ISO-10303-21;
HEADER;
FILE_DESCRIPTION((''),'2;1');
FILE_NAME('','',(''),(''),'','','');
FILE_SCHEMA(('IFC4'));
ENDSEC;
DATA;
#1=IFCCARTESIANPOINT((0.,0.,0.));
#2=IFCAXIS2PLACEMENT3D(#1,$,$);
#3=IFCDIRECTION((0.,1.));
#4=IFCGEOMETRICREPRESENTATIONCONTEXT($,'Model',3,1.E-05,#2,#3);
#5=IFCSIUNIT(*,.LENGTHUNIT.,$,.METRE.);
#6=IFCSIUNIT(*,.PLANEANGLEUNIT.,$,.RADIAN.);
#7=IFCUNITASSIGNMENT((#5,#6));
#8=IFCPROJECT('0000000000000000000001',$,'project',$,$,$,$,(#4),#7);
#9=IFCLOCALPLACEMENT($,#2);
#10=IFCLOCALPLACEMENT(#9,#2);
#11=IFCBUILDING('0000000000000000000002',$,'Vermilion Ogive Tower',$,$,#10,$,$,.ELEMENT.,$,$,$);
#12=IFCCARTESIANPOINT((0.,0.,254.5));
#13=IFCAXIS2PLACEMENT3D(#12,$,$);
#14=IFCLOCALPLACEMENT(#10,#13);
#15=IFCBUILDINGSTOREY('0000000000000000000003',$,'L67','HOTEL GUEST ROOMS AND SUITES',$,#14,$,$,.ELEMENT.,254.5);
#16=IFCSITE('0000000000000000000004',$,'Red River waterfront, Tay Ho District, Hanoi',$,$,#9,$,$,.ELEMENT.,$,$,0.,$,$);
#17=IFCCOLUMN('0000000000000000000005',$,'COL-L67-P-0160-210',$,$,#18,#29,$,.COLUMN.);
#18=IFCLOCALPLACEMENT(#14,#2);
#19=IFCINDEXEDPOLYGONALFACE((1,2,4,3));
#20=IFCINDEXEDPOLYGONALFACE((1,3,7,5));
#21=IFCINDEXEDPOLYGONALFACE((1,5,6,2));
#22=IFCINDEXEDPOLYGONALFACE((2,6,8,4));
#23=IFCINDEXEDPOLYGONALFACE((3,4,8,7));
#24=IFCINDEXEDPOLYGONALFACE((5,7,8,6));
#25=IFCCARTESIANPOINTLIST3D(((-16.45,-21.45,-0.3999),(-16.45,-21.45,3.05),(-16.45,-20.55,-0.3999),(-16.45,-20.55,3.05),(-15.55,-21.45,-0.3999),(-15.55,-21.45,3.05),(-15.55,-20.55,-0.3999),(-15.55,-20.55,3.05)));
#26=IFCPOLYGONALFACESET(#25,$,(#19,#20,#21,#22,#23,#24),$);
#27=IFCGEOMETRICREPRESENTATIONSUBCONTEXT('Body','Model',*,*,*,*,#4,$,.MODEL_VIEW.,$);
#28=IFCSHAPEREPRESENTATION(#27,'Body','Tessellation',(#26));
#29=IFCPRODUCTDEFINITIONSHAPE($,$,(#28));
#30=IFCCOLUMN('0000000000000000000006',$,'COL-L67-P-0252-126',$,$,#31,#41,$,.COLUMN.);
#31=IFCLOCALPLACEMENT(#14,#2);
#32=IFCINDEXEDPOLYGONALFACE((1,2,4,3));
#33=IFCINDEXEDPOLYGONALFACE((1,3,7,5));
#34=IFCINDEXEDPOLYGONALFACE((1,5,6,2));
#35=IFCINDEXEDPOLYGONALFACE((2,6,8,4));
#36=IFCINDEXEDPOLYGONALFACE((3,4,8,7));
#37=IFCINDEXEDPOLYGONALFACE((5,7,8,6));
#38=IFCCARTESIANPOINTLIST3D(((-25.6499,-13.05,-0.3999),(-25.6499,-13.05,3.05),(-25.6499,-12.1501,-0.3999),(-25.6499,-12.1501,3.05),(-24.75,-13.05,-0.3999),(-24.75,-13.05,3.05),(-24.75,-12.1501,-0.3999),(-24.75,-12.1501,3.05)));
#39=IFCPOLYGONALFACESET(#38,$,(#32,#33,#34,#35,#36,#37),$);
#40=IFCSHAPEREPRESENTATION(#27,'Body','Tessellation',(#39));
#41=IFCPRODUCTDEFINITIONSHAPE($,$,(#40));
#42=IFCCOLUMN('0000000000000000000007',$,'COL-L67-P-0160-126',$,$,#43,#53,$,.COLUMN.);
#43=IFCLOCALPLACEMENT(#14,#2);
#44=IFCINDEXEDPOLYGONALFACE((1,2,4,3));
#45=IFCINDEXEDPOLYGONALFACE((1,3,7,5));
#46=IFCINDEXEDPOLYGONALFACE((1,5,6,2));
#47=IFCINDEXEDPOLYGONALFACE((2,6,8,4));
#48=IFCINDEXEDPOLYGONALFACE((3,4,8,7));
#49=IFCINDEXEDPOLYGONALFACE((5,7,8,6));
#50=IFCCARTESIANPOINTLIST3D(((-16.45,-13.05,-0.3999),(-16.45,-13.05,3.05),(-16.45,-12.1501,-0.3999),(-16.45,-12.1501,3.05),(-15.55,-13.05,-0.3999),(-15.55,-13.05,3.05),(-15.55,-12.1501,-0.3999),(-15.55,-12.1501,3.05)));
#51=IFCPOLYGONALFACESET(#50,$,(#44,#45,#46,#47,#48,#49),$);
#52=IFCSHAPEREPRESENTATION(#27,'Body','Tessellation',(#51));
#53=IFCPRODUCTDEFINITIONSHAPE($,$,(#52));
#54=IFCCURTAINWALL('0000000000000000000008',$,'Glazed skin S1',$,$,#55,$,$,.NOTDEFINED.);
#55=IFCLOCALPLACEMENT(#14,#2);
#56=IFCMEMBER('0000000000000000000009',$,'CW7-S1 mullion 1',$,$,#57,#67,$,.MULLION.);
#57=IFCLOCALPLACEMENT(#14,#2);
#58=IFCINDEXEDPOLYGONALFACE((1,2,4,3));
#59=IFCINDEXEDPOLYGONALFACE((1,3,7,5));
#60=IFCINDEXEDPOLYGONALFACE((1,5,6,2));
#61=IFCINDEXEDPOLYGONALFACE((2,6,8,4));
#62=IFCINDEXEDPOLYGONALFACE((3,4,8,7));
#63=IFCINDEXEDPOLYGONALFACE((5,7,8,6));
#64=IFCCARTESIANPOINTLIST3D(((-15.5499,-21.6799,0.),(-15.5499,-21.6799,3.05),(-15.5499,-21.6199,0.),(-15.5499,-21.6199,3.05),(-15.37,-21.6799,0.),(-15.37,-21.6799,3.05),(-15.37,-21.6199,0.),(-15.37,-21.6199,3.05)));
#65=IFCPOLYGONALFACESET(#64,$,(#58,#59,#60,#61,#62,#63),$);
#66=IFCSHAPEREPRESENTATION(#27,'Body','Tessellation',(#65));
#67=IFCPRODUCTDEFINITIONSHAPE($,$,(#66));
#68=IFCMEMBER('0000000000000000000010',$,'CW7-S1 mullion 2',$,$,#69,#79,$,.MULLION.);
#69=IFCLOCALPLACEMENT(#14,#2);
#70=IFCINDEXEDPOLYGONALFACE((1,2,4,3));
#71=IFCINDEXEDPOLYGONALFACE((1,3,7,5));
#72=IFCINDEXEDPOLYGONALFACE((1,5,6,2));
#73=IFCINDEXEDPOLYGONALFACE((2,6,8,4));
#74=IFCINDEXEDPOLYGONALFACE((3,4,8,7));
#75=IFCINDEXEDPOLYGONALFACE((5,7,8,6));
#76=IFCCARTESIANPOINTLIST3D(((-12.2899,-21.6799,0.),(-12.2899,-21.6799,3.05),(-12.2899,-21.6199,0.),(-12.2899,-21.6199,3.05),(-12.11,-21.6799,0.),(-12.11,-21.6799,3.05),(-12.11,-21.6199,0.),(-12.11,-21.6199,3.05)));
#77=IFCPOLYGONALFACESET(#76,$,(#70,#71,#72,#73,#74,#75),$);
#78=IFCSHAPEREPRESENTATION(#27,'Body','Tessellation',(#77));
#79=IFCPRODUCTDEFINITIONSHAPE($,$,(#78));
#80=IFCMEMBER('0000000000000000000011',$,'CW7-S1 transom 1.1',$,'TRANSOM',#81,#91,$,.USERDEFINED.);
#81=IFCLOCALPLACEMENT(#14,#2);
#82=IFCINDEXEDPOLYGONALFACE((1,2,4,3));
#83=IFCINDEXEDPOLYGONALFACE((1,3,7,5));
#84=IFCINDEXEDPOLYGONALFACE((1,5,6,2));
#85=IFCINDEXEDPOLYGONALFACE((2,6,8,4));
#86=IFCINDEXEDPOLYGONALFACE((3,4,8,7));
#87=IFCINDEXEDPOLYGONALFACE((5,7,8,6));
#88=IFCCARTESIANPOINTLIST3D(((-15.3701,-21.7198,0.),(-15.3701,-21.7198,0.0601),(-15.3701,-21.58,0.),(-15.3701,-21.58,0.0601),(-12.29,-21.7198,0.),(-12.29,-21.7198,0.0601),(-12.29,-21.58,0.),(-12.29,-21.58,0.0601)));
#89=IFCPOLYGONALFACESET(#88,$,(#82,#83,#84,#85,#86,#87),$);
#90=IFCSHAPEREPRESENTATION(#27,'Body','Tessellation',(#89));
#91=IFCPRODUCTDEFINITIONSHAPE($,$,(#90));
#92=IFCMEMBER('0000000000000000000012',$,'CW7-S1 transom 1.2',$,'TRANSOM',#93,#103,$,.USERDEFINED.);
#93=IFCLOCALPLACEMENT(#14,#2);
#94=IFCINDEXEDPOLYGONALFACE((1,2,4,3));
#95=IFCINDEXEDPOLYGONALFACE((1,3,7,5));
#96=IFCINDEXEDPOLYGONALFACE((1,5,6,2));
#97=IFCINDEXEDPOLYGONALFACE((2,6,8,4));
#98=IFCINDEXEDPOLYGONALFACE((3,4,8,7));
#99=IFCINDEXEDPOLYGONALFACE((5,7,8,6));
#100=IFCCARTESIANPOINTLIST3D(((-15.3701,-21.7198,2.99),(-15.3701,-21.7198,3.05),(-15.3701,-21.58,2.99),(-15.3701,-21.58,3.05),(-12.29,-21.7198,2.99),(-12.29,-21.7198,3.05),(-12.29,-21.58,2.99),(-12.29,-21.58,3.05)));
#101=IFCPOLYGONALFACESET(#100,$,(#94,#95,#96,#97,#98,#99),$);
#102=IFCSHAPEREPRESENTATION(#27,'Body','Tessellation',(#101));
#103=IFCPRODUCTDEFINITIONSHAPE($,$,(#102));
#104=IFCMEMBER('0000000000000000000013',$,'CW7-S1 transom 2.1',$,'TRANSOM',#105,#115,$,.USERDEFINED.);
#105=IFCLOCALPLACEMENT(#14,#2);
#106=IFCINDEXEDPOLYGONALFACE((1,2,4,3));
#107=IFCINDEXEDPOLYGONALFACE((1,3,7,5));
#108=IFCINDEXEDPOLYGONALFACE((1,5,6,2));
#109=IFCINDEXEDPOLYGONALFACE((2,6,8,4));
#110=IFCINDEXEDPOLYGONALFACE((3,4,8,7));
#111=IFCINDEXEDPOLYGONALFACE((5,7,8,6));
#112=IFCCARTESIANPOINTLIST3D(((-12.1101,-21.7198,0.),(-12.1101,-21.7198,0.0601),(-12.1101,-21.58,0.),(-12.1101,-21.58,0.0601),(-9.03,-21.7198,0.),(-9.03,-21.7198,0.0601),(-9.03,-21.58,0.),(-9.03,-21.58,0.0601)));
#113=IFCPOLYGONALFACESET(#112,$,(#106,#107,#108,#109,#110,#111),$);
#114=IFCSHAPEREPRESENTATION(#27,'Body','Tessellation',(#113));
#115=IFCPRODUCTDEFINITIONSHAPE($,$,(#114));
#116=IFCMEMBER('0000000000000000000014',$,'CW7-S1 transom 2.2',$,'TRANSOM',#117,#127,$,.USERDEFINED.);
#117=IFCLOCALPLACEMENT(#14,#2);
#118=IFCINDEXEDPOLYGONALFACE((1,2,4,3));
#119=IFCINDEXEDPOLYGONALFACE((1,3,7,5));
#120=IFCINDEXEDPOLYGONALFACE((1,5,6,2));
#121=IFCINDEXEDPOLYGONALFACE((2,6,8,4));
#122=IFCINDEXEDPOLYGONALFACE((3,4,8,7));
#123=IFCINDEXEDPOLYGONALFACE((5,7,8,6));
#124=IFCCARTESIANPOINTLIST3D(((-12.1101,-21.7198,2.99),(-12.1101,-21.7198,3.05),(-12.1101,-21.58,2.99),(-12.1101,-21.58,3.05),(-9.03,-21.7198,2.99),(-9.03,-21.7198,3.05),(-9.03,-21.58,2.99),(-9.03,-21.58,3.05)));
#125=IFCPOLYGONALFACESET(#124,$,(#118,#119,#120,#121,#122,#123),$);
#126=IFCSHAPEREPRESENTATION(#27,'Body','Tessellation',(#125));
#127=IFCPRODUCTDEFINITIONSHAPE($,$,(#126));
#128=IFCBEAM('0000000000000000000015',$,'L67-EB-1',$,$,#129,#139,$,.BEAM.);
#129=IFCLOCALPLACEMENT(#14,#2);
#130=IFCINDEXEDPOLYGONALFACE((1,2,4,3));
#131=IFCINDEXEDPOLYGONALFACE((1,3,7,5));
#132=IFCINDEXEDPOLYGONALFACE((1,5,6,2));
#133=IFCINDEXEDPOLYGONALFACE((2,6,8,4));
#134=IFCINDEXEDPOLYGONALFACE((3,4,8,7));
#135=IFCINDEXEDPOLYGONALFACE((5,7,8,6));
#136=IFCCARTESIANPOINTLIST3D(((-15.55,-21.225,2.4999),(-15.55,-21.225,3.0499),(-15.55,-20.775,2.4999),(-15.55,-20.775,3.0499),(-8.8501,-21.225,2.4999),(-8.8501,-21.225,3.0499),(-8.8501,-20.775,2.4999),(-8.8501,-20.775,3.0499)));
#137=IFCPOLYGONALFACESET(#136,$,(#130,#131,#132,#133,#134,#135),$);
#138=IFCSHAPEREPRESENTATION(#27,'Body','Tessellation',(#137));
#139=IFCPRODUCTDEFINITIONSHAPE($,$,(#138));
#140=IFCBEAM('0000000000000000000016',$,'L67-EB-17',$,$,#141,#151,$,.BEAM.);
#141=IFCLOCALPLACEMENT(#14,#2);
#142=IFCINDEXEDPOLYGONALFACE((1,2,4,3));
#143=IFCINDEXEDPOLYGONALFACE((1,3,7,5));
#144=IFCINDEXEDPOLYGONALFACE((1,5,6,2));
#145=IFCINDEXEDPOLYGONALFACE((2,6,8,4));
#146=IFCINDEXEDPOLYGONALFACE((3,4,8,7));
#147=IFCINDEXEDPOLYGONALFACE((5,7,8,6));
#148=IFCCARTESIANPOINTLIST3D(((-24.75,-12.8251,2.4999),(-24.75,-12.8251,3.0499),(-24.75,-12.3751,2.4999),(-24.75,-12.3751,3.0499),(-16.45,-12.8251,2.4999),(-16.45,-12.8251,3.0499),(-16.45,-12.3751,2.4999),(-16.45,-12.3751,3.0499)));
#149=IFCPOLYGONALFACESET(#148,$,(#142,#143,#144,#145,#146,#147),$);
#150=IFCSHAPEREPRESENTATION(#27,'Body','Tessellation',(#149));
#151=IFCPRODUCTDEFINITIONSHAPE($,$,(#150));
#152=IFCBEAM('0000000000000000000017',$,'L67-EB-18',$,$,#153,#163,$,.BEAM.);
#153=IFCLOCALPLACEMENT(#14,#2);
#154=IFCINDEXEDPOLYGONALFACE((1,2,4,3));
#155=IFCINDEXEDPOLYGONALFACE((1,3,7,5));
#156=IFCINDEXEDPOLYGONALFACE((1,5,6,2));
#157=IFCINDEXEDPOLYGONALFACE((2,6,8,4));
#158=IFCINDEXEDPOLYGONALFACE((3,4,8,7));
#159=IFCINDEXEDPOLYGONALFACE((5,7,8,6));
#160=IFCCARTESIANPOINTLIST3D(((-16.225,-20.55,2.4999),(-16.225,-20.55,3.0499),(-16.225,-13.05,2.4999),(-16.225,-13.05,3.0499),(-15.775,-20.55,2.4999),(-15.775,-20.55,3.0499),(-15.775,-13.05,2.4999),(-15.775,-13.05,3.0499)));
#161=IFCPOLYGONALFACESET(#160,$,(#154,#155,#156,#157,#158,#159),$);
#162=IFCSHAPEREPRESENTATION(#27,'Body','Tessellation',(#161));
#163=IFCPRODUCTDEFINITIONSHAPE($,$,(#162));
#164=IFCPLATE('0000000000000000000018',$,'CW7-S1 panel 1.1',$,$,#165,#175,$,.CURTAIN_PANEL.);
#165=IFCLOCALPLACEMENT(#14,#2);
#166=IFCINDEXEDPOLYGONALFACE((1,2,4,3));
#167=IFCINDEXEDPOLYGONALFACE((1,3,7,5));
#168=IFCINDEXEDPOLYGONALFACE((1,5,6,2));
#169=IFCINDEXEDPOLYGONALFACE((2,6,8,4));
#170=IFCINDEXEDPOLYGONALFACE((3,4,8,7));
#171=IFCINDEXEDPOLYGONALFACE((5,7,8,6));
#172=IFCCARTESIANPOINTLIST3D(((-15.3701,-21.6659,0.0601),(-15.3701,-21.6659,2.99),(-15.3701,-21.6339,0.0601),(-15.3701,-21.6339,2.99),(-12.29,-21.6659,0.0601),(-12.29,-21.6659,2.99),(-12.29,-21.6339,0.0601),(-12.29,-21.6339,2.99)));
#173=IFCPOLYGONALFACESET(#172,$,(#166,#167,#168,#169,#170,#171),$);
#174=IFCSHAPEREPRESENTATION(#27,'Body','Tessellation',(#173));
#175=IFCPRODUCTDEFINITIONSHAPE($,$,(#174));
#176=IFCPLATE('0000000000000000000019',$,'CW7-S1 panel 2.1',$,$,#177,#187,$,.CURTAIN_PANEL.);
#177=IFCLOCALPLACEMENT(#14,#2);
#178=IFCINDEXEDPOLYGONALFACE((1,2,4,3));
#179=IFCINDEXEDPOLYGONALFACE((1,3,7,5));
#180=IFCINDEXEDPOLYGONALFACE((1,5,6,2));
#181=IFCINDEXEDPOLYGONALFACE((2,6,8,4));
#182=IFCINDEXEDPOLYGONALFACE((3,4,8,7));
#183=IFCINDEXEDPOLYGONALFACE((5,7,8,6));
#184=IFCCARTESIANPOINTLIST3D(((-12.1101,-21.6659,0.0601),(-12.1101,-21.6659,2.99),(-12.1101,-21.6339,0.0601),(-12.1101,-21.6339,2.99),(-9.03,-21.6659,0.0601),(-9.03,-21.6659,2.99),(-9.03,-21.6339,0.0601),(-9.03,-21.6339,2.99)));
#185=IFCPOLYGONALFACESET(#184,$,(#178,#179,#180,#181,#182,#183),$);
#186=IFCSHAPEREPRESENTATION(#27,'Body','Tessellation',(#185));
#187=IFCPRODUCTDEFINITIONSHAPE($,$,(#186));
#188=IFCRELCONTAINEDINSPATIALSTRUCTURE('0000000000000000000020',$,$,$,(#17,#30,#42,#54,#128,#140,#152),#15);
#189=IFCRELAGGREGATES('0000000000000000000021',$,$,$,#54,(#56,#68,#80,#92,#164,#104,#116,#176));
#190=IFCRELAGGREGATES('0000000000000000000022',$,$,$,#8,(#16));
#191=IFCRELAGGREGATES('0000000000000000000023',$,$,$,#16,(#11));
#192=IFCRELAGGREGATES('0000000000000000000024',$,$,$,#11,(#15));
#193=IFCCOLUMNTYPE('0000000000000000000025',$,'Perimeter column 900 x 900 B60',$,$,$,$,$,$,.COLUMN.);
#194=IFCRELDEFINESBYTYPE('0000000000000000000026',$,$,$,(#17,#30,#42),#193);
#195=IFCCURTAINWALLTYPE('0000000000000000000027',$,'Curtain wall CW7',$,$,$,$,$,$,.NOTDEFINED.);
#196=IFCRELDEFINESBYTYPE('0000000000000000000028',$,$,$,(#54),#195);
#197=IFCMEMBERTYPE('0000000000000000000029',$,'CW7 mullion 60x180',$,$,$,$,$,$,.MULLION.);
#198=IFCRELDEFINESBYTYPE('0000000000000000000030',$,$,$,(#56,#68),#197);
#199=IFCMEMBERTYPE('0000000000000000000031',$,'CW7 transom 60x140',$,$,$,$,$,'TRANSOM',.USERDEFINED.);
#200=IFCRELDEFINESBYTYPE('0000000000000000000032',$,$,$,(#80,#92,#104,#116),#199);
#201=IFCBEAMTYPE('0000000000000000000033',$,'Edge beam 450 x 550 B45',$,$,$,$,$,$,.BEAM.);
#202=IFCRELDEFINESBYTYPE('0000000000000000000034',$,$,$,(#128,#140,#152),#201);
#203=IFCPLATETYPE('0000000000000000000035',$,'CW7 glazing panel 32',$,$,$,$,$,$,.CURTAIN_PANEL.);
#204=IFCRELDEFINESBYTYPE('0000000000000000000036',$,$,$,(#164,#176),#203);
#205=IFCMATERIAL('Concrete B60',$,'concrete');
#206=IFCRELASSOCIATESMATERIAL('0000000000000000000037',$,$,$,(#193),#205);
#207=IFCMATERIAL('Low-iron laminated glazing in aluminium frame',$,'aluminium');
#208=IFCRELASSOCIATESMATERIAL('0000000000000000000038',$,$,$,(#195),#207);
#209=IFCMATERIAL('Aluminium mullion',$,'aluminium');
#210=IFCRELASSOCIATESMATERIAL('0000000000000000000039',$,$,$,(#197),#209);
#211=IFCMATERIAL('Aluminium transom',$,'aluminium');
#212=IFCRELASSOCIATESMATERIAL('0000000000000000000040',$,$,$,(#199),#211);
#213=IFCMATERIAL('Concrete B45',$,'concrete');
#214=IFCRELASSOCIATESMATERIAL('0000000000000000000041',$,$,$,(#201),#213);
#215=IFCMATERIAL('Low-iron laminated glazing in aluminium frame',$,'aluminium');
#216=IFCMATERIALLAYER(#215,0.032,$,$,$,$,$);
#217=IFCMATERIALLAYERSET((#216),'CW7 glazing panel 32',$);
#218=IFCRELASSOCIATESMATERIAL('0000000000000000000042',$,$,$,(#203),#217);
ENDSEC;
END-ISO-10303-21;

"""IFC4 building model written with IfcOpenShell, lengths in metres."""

from ifc_helpers import new_model, si_unit, direction, frame, origin, origin_2d, place, context, subcontext, project, spatial, rectangle, extrude, material, layer, layer_set, material_profile, profile_set, type_object, element, aggregate, save


model = new_model("IFC4")

# Units and contexts
model_context = context("Model", 3, precision=1e-05, world=origin(), true_north=direction((0.0, 1.0)))
body_context = subcontext(model_context, "Body", "Model", "MODEL_VIEW")
ifc_project = project(units=[si_unit("LENGTHUNIT", "METRE"), si_unit("PLANEANGLEUNIT", "RADIAN")], contexts=[model_context])

# Site, building, storey
site_placement = place(None, origin())
site = spatial("IfcSite", under=ifc_project, at=site_placement, Name="Red River waterfront, Tay Ho District, Hanoi", CompositionType="ELEMENT", RefElevation=0.0)
building_placement = place(site_placement, origin())
building = spatial("IfcBuilding", under=site, at=building_placement, Name="Vermilion Ogive Tower", CompositionType="ELEMENT")
storey_placement = place(building_placement, frame((0.0, 0.0, 254.5)))
storey = spatial("IfcBuildingStorey", under=building, at=storey_placement, Name="L67", Description="HOTEL GUEST ROOMS AND SUITES", CompositionType="ELEMENT", Elevation=254.5)

# Columns
ifc_material_1 = material(Name="Concrete B60", Category="concrete")
ifc_material_profile_1 = material_profile(ifc_material_1, rectangle(XDim=0.8999, YDim=0.8999, at=origin_2d()), Name="900 x 900")
ifc_profile_set_1 = profile_set([ifc_material_profile_1], Name="Concrete B60")
column_type = type_object("IfcColumnType", Name="Perimeter column 900 x 900 B60", PredefinedType="COLUMN", material=ifc_profile_set_1)
for number, where, z_axis, x_axis, name in (
    (1, (-16.0, -21.0, -0.3999), (0.0, 0.0, 1.0), (1.0, 0.0, 0.0), "COL-L67-P-0160-210"),
    (2, (-25.2, -12.6001, -0.3999), (0.0, 0.0, 1.0), (1.0, 0.0, 0.0), "COL-L67-P-0252-126"),
    (3, (-16.0, -12.6001, -0.3999), (0.0, 0.0, 1.0), (1.0, 0.0, 0.0), "COL-L67-P-0160-126"),
):
    element("IfcColumn", number, at=place(storey_placement, frame(where, z_axis=z_axis, x_axis=x_axis)), inside=storey, type_object=column_type, Name=name, PredefinedType="COLUMN", context=body_context, shape_type="SweptSolid", body=[
        extrude(rectangle(XDim=0.8999, YDim=0.8999, at=origin_2d()), origin(), (0.0, 0.0, 1.0), 3.45),
    ])

# Curtain wall, members
ifc_material_2 = material(Name="Low-iron laminated glazing in aluminium frame", Category="aluminium")
curtain_wall_type = type_object("IfcCurtainWallType", Name="Curtain wall CW7", PredefinedType="NOTDEFINED", material=ifc_material_2)
curtain_wall_placement = place(storey_placement, origin())
curtain_wall = element("IfcCurtainWall", 4, at=curtain_wall_placement, inside=storey, type_object=curtain_wall_type, Name="Glazed skin S1", PredefinedType="NOTDEFINED")
ifc_material_3 = material(Name="Aluminium mullion", Category="aluminium")
ifc_material_profile_2 = material_profile(ifc_material_3, rectangle(XDim=0.0601, YDim=0.1799, at=origin_2d()), Name="AL 60x180")
ifc_profile_set_2 = profile_set([ifc_material_profile_2], Name="Aluminium mullion")
member_type_1 = type_object("IfcMemberType", Name="CW7 mullion 60x180", PredefinedType="MULLION", material=ifc_profile_set_2)
member_1_placement = place(storey_placement, frame((-15.46, -21.6499, 0.0), z_axis=(0.0, 0.0, 1.0), x_axis=(0.0, 1.0, 0.0)))
member_1 = element("IfcMember", 5, at=member_1_placement, type_object=member_type_1, Name="CW7-S1 mullion 1", PredefinedType="MULLION", context=body_context, shape_type="SweptSolid", body=[
    extrude(rectangle(XDim=0.0601, YDim=0.1799, at=origin_2d()), origin(), (0.0, 0.0, 1.0), 3.05),
])
member_2_placement = place(storey_placement, frame((-12.2, -21.6499, 0.0), z_axis=(0.0, 0.0, 1.0), x_axis=(0.0, 1.0, 0.0)))
member_2 = element("IfcMember", 6, at=member_2_placement, type_object=member_type_1, Name="CW7-S1 mullion 2", PredefinedType="MULLION", context=body_context, shape_type="SweptSolid", body=[
    extrude(rectangle(XDim=0.0601, YDim=0.1799, at=origin_2d()), origin(), (0.0, 0.0, 1.0), 3.05),
])
ifc_material_4 = material(Name="Aluminium transom", Category="aluminium")
ifc_material_profile_3 = material_profile(ifc_material_4, rectangle(XDim=0.1399, YDim=0.0601, at=origin_2d()), Name="AL 60x140")
ifc_profile_set_3 = profile_set([ifc_material_profile_3], Name="Aluminium transom")
member_type_2 = type_object("IfcMemberType", Name="CW7 transom 60x140", ElementType="TRANSOM", PredefinedType="USERDEFINED", material=ifc_profile_set_3)
member_3_placement = place(storey_placement, frame((-15.3701, -21.6499, 0.03), z_axis=(1.0, 0.0, 0.0), x_axis=(0.0, 1.0, 0.0)))
member_3 = element("IfcMember", 7, at=member_3_placement, type_object=member_type_2, Name="CW7-S1 transom 1.1", ObjectType="TRANSOM", PredefinedType="USERDEFINED", context=body_context, shape_type="SweptSolid", body=[
    extrude(rectangle(XDim=0.1399, YDim=0.0601, at=origin_2d()), origin(), (0.0, 0.0, 1.0), 3.0801),
])
member_4_placement = place(storey_placement, frame((-15.3701, -21.6499, 3.02), z_axis=(1.0, 0.0, 0.0), x_axis=(0.0, 1.0, 0.0)))
member_4 = element("IfcMember", 8, at=member_4_placement, type_object=member_type_2, Name="CW7-S1 transom 1.2", ObjectType="TRANSOM", PredefinedType="USERDEFINED", context=body_context, shape_type="SweptSolid", body=[
    extrude(rectangle(XDim=0.1399, YDim=0.0601, at=origin_2d()), origin(), (0.0, 0.0, 1.0), 3.0801),
])
member_5_placement = place(storey_placement, frame((-12.1101, -21.6499, 0.03), z_axis=(1.0, 0.0, 0.0), x_axis=(0.0, 1.0, 0.0)))
member_5 = element("IfcMember", 9, at=member_5_placement, type_object=member_type_2, Name="CW7-S1 transom 2.1", ObjectType="TRANSOM", PredefinedType="USERDEFINED", context=body_context, shape_type="SweptSolid", body=[
    extrude(rectangle(XDim=0.1399, YDim=0.0601, at=origin_2d()), origin(), (0.0, 0.0, 1.0), 3.0801),
])
member_6_placement = place(storey_placement, frame((-12.1101, -21.6499, 3.02), z_axis=(1.0, 0.0, 0.0), x_axis=(0.0, 1.0, 0.0)))
member_6 = element("IfcMember", 10, at=member_6_placement, type_object=member_type_2, Name="CW7-S1 transom 2.2", ObjectType="TRANSOM", PredefinedType="USERDEFINED", context=body_context, shape_type="SweptSolid", body=[
    extrude(rectangle(XDim=0.1399, YDim=0.0601, at=origin_2d()), origin(), (0.0, 0.0, 1.0), 3.0801),
])

# Beams
ifc_material_5 = material(Name="Concrete B45", Category="concrete")
ifc_material_profile_4 = material_profile(ifc_material_5, rectangle(XDim=0.45, YDim=0.55, at=origin_2d()), Name="450 x 550")
ifc_profile_set_4 = profile_set([ifc_material_profile_4], Name="Concrete B45")
beam_type = type_object("IfcBeamType", Name="Edge beam 450 x 550 B45", PredefinedType="BEAM", material=ifc_profile_set_4)
beam_1_placement = place(storey_placement, frame((-15.55, -21.0, 2.7749), z_axis=(1.0, 0.0, 0.0), x_axis=(0.0, 1.0, 0.0)))
element("IfcBeam", 11, at=beam_1_placement, inside=storey, type_object=beam_type, Name="L67-EB-1", PredefinedType="BEAM", context=body_context, shape_type="SweptSolid", body=[
    extrude(rectangle(XDim=0.45, YDim=0.55, at=origin_2d()), origin(), (0.0, 0.0, 1.0), 6.7),
])
beam_2_placement = place(storey_placement, frame((-24.75, -12.6001, 2.7749), z_axis=(1.0, 0.0, 0.0), x_axis=(0.0, 1.0, 0.0)))
element("IfcBeam", 12, at=beam_2_placement, inside=storey, type_object=beam_type, Name="L67-EB-17", PredefinedType="BEAM", context=body_context, shape_type="SweptSolid", body=[
    extrude(rectangle(XDim=0.45, YDim=0.55, at=origin_2d()), origin(), (0.0, 0.0, 1.0), 8.3),
])
beam_3_placement = place(storey_placement, frame((-16.0, -13.05, 2.7749), z_axis=(0.0, -1.0, 0.0), x_axis=(1.0, 0.0, 0.0)))
element("IfcBeam", 13, at=beam_3_placement, inside=storey, type_object=beam_type, Name="L67-EB-18", PredefinedType="BEAM", context=body_context, shape_type="SweptSolid", body=[
    extrude(rectangle(XDim=0.45, YDim=0.55, at=origin_2d()), origin(), (0.0, 0.0, 1.0), 7.5),
])

# Plates
ifc_material_6 = material(Name="Low-iron laminated glazing in aluminium frame", Category="aluminium")
ifc_layer_1 = layer(ifc_material_6, 0.032)
ifc_layer_set_1 = layer_set([ifc_layer_1], Name="CW7 glazing panel 32")
plate_type = type_object("IfcPlateType", Name="CW7 glazing panel 32", PredefinedType="CURTAIN_PANEL", material=ifc_layer_set_1)
plate_1_placement = place(storey_placement, frame((-13.8301, -21.6499, 0.0601), z_axis=(0.0, 0.0, 1.0), x_axis=(1.0, 0.0, 0.0)))
plate_1 = element("IfcPlate", 14, at=plate_1_placement, type_object=plate_type, Name="CW7-S1 panel 1.1", PredefinedType="CURTAIN_PANEL", context=body_context, shape_type="SweptSolid", body=[
    extrude(rectangle(XDim=3.0801, YDim=0.032, at=origin_2d()), origin(), (0.0, 0.0, 1.0), 2.9299),
])
plate_2_placement = place(storey_placement, frame((-10.5701, -21.6499, 0.0601), z_axis=(0.0, 0.0, 1.0), x_axis=(1.0, 0.0, 0.0)))
plate_2 = element("IfcPlate", 15, at=plate_2_placement, type_object=plate_type, Name="CW7-S1 panel 2.1", PredefinedType="CURTAIN_PANEL", context=body_context, shape_type="SweptSolid", body=[
    extrude(rectangle(XDim=3.0801, YDim=0.032, at=origin_2d()), origin(), (0.0, 0.0, 1.0), 2.9299),
])
aggregate(curtain_wall, [member_1, member_2, member_3, member_4, plate_1, member_5, member_6, plate_2])

save(model, "model.ifc")
